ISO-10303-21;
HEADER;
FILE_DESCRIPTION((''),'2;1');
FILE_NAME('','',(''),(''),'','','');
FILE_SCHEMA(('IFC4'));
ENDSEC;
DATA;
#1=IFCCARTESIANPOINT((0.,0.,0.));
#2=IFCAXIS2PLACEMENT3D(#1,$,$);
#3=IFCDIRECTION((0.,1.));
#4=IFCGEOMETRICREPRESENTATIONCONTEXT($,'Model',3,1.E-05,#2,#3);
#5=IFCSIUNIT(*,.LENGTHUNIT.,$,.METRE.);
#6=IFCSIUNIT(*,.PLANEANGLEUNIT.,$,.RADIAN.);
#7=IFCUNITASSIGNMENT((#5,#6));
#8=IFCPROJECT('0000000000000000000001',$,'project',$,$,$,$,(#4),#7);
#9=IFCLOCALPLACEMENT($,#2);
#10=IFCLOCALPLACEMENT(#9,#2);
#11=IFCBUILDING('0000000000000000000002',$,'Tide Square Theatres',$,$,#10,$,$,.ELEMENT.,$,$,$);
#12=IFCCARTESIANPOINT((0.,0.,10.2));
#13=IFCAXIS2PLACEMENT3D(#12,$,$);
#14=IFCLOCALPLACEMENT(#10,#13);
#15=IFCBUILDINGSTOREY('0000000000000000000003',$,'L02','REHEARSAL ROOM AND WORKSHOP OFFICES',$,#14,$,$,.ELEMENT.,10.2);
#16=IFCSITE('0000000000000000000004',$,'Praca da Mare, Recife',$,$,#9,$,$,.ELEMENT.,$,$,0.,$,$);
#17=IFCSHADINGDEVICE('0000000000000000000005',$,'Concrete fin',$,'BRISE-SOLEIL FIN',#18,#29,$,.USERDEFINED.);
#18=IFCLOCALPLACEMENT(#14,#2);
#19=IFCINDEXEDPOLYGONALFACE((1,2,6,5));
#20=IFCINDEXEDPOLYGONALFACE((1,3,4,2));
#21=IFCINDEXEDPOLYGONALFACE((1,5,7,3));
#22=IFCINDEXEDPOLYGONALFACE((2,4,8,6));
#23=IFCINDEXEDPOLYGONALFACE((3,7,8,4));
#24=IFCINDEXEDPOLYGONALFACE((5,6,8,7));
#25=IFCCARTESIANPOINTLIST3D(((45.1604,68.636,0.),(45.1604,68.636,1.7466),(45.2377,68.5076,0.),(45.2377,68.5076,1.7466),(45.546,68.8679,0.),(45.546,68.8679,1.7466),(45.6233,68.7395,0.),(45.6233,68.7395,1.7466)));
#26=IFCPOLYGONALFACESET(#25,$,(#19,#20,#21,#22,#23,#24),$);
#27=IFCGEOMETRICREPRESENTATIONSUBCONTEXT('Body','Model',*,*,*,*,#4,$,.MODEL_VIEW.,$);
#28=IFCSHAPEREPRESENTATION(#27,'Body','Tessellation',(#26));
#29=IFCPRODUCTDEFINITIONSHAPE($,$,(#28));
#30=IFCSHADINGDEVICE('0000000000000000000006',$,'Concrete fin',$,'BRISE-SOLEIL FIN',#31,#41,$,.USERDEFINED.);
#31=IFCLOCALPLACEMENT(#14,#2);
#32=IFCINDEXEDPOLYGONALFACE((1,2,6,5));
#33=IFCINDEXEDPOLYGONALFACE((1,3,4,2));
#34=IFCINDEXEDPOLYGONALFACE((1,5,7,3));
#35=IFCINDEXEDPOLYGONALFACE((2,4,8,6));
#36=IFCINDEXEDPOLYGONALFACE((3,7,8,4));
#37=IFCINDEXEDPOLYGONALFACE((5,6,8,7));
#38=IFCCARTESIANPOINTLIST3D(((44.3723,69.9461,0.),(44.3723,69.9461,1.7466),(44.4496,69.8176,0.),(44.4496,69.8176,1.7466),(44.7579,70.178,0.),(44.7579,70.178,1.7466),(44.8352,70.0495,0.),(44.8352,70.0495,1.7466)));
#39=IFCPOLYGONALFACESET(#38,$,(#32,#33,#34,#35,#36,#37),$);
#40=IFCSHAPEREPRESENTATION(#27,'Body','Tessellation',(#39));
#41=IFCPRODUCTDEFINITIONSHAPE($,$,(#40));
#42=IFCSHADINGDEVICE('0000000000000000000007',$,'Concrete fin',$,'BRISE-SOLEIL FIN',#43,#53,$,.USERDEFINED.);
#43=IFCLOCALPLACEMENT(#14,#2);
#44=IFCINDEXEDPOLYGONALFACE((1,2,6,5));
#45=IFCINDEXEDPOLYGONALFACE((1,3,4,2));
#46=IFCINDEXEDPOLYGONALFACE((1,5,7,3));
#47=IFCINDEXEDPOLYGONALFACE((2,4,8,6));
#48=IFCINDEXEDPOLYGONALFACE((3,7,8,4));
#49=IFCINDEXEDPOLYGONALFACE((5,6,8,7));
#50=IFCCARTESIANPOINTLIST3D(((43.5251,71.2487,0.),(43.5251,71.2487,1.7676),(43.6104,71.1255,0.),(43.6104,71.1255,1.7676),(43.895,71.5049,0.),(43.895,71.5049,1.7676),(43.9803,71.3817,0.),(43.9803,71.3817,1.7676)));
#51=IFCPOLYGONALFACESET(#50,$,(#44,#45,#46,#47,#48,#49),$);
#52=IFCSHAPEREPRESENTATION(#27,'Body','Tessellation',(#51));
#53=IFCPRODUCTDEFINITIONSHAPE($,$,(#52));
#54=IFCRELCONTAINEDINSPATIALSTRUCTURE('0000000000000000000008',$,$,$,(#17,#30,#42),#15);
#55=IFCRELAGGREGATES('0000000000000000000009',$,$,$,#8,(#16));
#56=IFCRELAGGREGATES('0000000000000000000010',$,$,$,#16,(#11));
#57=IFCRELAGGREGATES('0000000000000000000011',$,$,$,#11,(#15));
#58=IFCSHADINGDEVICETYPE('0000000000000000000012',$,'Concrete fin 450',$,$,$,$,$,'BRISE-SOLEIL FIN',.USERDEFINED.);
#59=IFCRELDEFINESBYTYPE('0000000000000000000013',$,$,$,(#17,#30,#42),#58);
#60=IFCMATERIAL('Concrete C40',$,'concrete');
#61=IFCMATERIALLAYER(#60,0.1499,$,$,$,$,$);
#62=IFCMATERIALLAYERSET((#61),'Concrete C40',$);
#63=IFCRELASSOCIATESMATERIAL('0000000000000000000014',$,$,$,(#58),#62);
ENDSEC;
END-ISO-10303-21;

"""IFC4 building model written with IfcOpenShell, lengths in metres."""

from ifc_helpers import new_model, si_unit, direction, frame, origin, origin_2d, place, context, subcontext, project, spatial, rectangle, extrude, material, layer, layer_set, type_object, element, save


model = new_model("IFC4")

# Units and contexts
model_context = context("Model", 3, precision=1e-05, world=origin(), true_north=direction((0.0, 1.0)))
body_context = subcontext(model_context, "Body", "Model", "MODEL_VIEW")
ifc_project = project(units=[si_unit("LENGTHUNIT", "METRE"), si_unit("PLANEANGLEUNIT", "RADIAN")], contexts=[model_context])

# Site, building, storey
site_placement = place(None, origin())
site = spatial("IfcSite", under=ifc_project, at=site_placement, Name="Praca da Mare, Recife", CompositionType="ELEMENT", RefElevation=0.0)
building_placement = place(site_placement, origin())
building = spatial("IfcBuilding", under=site, at=building_placement, Name="Tide Square Theatres", CompositionType="ELEMENT")
storey_placement = place(building_placement, frame((0.0, 0.0, 10.2)))
storey = spatial("IfcBuildingStorey", under=building, at=storey_placement, Name="L02", Description="REHEARSAL ROOM AND WORKSHOP OFFICES", CompositionType="ELEMENT", Elevation=10.2)

# Shading devices
ifc_material_1 = material(Name="Concrete C40", Category="concrete")
ifc_layer_1 = layer(ifc_material_1, 0.1499)
ifc_layer_set_1 = layer_set([ifc_layer_1], Name="Concrete C40")
shading_device_type = type_object("IfcShadingDeviceType", Name="Concrete fin 450", ElementType="BRISE-SOLEIL FIN", PredefinedType="USERDEFINED", material=ifc_layer_set_1)
for number, where, z_axis, x_axis, name in (
    (1, (45.3918, 68.6877, 0.0), (0.0, 0.0, 1.0), (-0.515397, 0.856951, 0.0), "Concrete fin"),
    (2, (44.6038, 69.9978, 0.0), (0.0, 0.0, 1.0), (-0.515397, 0.856951, 0.0), "Concrete fin"),
):
    element("IfcShadingDevice", number, at=place(storey_placement, frame(where, z_axis=z_axis, x_axis=x_axis)), inside=storey, type_object=shading_device_type, Name=name, ObjectType="BRISE-SOLEIL FIN", PredefinedType="USERDEFINED", context=body_context, shape_type="SweptSolid", body=[
        extrude(rectangle(XDim=0.1499, YDim=0.45, at=origin_2d()), origin(), (0.0, 0.0, 1.0), 1.7466),
    ])
shading_device_placement = place(storey_placement, frame((43.7527, 71.3152, 0.0), z_axis=(0.0, 0.0, 1.0), x_axis=(-0.569366, 0.822084, 0.0)))
element("IfcShadingDevice", 3, at=shading_device_placement, inside=storey, type_object=shading_device_type, Name="Concrete fin", ObjectType="BRISE-SOLEIL FIN", PredefinedType="USERDEFINED", context=body_context, shape_type="SweptSolid", body=[
    extrude(rectangle(XDim=0.1499, YDim=0.45, at=origin_2d()), origin(), (0.0, 0.0, 1.0), 1.7676),
])

save(model, "model.ifc")
